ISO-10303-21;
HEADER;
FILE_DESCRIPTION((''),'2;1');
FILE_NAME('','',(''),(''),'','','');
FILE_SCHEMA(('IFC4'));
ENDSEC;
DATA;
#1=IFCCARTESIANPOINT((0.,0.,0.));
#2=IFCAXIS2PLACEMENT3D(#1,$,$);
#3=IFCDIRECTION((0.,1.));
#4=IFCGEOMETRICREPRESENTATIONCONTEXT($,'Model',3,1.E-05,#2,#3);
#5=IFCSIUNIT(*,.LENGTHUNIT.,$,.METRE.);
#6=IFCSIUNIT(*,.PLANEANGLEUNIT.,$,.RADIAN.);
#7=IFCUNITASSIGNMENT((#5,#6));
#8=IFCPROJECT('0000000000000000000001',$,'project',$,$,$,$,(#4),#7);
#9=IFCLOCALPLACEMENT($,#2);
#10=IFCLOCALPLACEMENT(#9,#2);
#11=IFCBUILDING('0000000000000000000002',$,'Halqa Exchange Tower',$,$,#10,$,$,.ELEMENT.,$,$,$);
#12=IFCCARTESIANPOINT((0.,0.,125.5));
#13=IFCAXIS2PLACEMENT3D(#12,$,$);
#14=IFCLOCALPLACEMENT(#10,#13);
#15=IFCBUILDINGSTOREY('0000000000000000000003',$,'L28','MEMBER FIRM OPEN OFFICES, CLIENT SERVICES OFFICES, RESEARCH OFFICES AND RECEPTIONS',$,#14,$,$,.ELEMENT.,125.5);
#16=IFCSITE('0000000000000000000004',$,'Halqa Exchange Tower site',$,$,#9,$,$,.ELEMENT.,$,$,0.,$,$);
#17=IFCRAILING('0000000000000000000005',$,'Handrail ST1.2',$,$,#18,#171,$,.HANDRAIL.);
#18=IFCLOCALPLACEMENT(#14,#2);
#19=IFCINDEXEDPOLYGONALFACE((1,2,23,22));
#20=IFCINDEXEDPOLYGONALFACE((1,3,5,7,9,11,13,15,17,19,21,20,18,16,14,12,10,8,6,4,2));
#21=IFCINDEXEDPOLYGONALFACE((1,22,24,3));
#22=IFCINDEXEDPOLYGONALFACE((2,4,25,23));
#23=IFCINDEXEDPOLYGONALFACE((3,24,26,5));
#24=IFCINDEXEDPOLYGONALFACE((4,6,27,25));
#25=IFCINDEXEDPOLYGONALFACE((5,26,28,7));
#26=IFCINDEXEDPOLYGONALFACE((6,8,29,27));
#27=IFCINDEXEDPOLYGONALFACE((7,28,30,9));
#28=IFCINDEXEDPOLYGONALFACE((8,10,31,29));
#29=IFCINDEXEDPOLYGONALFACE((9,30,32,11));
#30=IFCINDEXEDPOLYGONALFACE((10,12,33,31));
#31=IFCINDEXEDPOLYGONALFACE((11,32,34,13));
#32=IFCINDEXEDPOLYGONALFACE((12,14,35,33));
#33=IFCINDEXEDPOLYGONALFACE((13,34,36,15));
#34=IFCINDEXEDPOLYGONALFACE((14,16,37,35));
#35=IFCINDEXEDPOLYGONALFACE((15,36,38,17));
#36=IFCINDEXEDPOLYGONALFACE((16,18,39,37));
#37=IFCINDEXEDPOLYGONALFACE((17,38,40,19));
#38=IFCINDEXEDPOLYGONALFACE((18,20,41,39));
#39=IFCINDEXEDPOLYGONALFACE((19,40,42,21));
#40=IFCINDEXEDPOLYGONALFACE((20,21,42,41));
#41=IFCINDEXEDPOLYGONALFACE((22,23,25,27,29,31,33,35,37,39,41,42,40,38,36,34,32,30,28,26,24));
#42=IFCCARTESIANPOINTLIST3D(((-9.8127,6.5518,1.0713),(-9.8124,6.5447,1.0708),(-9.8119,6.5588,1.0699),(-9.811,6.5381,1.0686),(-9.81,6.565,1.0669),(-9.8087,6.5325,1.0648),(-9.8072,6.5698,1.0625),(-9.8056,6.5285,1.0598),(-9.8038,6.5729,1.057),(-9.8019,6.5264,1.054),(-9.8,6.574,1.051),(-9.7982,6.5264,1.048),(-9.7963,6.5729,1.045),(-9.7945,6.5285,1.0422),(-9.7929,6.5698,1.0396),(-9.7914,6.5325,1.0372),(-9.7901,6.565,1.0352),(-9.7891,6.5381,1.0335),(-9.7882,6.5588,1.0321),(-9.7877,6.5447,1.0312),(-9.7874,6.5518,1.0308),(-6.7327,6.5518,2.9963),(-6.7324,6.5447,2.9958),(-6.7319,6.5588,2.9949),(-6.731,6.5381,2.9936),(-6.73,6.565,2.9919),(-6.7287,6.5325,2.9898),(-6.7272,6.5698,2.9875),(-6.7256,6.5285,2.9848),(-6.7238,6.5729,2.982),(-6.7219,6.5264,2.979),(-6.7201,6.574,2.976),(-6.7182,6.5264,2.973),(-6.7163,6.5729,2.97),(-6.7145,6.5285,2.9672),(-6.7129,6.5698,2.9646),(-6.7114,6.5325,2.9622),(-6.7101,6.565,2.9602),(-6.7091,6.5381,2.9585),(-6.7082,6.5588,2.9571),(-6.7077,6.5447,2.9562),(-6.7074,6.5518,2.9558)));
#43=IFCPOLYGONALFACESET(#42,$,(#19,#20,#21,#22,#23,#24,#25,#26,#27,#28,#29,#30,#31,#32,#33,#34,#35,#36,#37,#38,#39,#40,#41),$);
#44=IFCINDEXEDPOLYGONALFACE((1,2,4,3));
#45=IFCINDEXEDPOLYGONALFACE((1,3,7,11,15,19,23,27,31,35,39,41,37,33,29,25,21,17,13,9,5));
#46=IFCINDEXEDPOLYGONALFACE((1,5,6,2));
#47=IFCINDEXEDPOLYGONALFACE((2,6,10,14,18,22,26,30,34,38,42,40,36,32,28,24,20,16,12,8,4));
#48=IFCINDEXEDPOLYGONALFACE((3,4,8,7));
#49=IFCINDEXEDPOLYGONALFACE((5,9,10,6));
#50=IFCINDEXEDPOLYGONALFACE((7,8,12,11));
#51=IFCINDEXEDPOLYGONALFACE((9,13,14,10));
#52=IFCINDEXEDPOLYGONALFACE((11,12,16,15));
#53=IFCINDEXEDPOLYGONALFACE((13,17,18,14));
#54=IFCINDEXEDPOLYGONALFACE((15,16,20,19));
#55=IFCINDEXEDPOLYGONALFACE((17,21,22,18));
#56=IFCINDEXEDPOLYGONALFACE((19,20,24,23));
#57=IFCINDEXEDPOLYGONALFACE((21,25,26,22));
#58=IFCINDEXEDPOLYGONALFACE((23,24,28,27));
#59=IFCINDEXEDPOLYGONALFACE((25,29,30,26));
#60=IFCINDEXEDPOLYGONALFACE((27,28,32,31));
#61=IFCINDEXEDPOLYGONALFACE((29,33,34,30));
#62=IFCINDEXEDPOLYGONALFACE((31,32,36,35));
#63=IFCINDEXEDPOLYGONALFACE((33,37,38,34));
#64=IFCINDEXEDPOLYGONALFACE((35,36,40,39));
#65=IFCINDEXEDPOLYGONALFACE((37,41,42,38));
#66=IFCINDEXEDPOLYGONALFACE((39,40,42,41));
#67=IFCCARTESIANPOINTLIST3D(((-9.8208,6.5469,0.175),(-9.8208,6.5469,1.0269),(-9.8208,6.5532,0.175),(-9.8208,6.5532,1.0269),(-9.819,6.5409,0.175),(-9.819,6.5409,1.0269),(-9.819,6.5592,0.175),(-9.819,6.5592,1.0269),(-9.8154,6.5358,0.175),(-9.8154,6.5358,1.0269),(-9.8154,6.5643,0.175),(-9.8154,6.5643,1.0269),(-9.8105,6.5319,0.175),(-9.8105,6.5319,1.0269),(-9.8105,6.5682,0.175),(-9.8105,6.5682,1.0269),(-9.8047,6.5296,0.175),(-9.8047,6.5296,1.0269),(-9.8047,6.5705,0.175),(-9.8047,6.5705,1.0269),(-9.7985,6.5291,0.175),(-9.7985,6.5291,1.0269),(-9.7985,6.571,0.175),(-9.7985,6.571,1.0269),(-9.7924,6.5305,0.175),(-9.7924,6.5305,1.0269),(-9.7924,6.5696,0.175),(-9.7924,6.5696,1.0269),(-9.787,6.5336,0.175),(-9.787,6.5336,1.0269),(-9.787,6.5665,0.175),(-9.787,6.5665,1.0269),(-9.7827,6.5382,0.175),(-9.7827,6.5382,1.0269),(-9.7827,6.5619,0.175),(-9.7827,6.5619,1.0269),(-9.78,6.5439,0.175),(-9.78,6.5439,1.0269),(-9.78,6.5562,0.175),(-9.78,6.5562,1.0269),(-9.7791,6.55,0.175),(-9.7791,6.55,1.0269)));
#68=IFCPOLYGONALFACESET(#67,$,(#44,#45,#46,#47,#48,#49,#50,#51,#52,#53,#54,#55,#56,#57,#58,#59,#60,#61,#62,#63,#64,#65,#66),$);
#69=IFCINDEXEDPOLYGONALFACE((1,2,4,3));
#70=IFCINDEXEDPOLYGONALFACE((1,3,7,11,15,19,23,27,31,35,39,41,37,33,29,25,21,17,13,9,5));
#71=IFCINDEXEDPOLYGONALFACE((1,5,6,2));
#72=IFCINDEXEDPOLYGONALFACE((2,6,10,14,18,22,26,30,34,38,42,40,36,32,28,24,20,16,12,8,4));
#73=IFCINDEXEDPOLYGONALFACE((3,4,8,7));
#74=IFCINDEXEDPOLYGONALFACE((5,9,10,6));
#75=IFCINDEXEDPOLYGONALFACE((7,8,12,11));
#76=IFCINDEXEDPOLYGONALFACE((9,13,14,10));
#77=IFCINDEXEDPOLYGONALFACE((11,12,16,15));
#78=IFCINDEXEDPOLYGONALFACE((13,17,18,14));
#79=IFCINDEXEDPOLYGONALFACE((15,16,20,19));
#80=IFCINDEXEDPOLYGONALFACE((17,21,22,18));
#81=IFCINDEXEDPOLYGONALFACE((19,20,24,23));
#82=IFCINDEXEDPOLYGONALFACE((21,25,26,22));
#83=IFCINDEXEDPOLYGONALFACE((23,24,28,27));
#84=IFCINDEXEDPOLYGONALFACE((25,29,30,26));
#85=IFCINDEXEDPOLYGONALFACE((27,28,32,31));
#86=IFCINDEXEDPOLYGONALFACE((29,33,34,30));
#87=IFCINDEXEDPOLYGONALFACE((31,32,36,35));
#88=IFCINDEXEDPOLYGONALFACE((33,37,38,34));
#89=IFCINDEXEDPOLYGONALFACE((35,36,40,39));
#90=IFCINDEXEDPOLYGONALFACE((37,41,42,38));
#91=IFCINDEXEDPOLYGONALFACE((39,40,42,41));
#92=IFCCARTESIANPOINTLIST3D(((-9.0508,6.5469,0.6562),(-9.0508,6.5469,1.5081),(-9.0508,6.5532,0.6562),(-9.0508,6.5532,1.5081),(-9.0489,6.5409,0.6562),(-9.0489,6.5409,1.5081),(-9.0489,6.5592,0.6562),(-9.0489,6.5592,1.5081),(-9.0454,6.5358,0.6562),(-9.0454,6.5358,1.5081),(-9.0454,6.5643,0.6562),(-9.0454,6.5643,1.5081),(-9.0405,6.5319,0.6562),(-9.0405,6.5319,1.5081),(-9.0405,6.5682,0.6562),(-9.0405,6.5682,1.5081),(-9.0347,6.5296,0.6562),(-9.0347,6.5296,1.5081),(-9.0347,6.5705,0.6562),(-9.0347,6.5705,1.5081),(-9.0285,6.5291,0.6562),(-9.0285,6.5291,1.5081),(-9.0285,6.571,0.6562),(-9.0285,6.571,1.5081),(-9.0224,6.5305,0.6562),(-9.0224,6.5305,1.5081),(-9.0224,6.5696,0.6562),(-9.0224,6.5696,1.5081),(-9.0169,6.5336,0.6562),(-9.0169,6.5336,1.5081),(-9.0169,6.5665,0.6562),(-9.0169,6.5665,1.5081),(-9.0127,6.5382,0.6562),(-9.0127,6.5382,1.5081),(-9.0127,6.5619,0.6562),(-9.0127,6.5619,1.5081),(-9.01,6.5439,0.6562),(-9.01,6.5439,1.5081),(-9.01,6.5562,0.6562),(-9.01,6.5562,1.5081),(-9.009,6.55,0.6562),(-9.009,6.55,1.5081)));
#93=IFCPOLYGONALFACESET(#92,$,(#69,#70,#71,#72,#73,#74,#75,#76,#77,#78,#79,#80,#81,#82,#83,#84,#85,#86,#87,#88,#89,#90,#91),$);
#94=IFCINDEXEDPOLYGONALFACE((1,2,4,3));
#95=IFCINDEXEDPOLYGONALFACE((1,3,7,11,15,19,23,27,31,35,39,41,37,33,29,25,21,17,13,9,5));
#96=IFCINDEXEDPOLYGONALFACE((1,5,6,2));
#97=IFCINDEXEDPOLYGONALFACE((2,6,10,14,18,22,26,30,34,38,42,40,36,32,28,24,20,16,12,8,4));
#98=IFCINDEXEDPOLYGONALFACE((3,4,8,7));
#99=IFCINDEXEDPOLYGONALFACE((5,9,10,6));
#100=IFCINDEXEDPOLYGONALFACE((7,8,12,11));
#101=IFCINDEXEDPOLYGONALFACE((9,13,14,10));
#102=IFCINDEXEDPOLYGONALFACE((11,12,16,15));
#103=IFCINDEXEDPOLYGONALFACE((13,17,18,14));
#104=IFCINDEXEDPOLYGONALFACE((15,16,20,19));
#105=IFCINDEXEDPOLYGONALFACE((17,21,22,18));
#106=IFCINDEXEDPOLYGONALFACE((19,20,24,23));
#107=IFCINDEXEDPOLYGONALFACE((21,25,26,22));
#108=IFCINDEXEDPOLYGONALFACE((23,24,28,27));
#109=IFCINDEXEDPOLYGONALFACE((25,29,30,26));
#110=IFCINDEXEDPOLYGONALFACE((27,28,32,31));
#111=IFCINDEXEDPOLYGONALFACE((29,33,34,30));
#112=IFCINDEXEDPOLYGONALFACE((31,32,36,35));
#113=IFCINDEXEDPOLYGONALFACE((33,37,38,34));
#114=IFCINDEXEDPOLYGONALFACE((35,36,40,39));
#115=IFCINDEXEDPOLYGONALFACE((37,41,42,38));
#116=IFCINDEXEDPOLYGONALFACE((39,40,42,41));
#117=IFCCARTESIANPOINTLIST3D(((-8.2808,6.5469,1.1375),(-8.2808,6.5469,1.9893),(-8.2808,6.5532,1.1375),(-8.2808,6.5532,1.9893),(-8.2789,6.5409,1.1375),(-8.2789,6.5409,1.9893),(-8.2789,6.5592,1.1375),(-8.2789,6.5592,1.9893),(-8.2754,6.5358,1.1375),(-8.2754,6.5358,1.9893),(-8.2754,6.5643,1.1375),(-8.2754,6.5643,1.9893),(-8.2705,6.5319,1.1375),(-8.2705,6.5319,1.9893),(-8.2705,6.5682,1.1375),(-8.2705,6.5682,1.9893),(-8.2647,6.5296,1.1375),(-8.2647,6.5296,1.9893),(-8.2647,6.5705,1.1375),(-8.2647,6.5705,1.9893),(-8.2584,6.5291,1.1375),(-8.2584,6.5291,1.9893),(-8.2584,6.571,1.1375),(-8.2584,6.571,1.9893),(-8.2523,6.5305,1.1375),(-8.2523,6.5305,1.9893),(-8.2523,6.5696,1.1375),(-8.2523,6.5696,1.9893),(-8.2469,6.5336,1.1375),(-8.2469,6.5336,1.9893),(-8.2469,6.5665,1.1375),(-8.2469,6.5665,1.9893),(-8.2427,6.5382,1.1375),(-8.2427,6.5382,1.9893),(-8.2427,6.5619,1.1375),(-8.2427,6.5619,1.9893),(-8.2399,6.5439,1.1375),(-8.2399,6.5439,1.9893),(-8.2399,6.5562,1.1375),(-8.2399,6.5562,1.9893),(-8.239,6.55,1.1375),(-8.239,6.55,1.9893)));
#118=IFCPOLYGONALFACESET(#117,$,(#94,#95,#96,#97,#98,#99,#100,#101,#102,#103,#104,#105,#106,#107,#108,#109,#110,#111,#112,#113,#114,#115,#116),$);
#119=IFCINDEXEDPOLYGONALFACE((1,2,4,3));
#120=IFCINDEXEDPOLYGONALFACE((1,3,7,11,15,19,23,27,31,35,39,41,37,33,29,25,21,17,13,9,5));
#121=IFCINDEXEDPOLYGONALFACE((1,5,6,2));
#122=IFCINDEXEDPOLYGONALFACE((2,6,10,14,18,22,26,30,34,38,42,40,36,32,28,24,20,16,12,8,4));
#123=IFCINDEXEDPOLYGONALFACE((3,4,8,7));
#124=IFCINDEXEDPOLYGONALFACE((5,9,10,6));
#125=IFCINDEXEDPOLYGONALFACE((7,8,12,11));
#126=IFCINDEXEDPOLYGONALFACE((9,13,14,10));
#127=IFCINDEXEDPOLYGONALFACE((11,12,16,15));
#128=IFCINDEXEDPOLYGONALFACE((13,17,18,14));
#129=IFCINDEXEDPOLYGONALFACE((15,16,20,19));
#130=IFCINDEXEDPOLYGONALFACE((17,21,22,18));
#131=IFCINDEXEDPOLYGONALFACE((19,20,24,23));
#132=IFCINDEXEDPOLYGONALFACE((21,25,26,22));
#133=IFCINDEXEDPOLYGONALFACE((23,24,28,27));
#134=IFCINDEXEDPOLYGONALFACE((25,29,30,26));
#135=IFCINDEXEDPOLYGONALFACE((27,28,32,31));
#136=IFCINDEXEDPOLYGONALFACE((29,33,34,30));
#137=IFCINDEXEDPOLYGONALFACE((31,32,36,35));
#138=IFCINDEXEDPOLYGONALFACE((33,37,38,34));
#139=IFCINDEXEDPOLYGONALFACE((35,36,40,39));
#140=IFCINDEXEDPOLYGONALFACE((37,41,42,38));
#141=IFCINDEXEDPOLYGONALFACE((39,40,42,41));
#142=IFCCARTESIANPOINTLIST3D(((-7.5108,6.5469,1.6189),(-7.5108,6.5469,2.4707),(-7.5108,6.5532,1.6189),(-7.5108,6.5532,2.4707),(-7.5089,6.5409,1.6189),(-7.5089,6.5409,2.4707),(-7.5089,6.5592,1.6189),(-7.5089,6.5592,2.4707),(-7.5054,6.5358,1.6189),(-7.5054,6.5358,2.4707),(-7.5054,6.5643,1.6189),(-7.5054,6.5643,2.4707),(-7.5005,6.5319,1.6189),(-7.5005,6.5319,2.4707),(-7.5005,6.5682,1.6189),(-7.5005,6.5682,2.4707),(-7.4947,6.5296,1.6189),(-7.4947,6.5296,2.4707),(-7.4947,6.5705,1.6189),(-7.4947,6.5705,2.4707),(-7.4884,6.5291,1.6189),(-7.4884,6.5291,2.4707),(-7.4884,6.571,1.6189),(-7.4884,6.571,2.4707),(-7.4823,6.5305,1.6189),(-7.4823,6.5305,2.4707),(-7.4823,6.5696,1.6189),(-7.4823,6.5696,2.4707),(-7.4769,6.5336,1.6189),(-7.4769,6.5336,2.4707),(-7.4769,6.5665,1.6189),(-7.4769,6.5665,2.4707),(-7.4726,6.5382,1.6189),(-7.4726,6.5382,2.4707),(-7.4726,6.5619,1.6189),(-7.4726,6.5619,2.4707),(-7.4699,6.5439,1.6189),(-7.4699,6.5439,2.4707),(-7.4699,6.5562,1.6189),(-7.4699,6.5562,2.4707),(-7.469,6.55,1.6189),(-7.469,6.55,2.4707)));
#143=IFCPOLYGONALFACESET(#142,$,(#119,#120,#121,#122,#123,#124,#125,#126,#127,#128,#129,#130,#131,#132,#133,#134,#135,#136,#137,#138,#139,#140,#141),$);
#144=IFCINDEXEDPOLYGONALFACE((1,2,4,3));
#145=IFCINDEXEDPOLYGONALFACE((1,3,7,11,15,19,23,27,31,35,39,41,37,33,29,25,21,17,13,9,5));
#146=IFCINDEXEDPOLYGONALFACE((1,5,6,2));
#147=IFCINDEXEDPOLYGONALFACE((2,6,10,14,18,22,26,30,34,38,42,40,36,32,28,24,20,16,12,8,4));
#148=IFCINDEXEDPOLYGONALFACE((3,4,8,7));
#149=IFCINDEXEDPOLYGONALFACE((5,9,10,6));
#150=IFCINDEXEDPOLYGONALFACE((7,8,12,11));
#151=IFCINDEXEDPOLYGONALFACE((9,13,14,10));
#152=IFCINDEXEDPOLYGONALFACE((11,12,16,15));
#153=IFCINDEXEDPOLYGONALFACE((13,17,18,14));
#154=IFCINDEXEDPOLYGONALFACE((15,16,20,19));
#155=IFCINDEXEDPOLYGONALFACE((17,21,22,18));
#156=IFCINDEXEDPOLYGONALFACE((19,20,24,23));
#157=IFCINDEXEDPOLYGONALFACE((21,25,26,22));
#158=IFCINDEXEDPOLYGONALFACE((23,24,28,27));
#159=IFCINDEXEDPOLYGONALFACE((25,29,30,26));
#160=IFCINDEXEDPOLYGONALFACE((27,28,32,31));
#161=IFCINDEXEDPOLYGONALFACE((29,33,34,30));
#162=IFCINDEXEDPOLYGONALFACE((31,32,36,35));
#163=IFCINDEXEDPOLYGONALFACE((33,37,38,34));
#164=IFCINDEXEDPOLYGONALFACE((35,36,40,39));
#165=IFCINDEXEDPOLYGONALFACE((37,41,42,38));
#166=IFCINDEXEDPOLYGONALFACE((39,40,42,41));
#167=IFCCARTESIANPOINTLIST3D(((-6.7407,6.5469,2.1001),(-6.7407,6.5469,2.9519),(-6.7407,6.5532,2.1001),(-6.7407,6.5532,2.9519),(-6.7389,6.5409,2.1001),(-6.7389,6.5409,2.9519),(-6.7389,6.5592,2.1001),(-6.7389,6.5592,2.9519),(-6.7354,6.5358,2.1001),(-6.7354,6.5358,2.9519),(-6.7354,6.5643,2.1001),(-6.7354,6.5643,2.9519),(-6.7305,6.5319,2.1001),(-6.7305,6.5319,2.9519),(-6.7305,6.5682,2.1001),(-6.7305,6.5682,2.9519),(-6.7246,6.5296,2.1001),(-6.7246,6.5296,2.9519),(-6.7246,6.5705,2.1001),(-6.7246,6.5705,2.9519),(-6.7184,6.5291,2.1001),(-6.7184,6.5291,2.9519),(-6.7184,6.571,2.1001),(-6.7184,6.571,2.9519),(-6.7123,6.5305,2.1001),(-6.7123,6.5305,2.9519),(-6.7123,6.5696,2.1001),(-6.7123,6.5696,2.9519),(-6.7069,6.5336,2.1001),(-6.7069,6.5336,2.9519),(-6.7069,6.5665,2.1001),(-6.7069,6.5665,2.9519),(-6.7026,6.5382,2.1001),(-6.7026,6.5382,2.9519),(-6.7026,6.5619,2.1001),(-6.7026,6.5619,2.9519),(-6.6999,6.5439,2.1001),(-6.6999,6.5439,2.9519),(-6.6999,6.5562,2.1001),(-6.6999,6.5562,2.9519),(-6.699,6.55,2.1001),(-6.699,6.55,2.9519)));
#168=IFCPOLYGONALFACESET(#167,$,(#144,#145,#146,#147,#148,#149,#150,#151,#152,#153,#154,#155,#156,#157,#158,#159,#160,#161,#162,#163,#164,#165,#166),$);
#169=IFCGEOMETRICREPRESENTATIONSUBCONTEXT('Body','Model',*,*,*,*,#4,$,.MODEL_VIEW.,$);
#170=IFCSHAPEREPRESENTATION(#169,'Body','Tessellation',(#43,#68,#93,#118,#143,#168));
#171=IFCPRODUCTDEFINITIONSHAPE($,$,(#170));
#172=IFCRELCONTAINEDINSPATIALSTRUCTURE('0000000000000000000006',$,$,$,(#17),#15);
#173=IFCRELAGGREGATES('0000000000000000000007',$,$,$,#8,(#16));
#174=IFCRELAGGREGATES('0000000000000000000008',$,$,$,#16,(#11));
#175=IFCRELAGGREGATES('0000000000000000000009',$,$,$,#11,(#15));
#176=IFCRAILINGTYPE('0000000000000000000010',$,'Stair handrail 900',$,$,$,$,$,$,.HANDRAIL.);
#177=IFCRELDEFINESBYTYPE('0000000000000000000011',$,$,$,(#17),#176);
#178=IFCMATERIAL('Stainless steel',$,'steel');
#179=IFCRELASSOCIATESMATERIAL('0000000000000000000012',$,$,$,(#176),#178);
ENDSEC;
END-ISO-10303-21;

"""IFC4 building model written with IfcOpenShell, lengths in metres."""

from ifc_helpers import new_model, si_unit, direction, frame, origin, origin_2d, place, context, subcontext, project, spatial, circle, extrude, material, type_object, element, save


model = new_model("IFC4")

# Units and contexts
model_context = context("Model", 3, precision=1e-05, world=origin(), true_north=direction((0.0, 1.0)))
body_context = subcontext(model_context, "Body", "Model", "MODEL_VIEW")
ifc_project = project(units=[si_unit("LENGTHUNIT", "METRE"), si_unit("PLANEANGLEUNIT", "RADIAN")], contexts=[model_context])

# Site, building, storey
site_placement = place(None, origin())
site = spatial("IfcSite", under=ifc_project, at=site_placement, Name="Halqa Exchange Tower site", CompositionType="ELEMENT", RefElevation=0.0)
building_placement = place(site_placement, origin())
building = spatial("IfcBuilding", under=site, at=building_placement, Name="Halqa Exchange Tower", CompositionType="ELEMENT")
storey_placement = place(building_placement, frame((0.0, 0.0, 125.5)))
storey = spatial("IfcBuildingStorey", under=building, at=storey_placement, Name="L28", Description="MEMBER FIRM OPEN OFFICES, CLIENT SERVICES OFFICES, RESEARCH OFFICES AND RECEPTIONS", CompositionType="ELEMENT", Elevation=125.5)

# Shared definitions
ifc_material_1 = material(Name="Stainless steel", Category="steel")

# Railing
railing_type_1 = type_object("IfcRailingType", Name="Stair handrail 900", PredefinedType="HANDRAIL", material=ifc_material_1)
railing_1_placement = place(storey_placement, frame((-9.8, 6.55, 0.175)))
element("IfcRailing", 1, at=railing_1_placement, inside=storey, type_object=railing_type_1, Name="Handrail ST1.2", PredefinedType="HANDRAIL", context=body_context, shape_type="SweptSolid", body=[
    extrude(circle(Radius=0.0239, at=origin_2d()), frame((0.0, 0.0, 0.876), z_axis=(0.847998, 0.0, 0.529999), x_axis=(0.0, 1.0, 0.0)), (0.0, 0.0, 1.0), 3.6321),
    extrude(circle(Radius=0.021, at=origin_2d()), origin(), (0.0, 0.0, 1.0), 0.8518),
    extrude(circle(Radius=0.021, at=origin_2d()), frame((0.77, 0.0, 0.4812)), (0.0, 0.0, 1.0), 0.8518),
    extrude(circle(Radius=0.021, at=origin_2d()), frame((1.54, 0.0, 0.9624)), (0.0, 0.0, 1.0), 0.8518),
    extrude(circle(Radius=0.021, at=origin_2d()), frame((2.3101, 0.0, 1.4438)), (0.0, 0.0, 1.0), 0.8518),
    extrude(circle(Radius=0.021, at=origin_2d()), frame((3.0801, 0.0, 1.925)), (0.0, 0.0, 1.0), 0.8518),
])

save(model, "model.ifc")
